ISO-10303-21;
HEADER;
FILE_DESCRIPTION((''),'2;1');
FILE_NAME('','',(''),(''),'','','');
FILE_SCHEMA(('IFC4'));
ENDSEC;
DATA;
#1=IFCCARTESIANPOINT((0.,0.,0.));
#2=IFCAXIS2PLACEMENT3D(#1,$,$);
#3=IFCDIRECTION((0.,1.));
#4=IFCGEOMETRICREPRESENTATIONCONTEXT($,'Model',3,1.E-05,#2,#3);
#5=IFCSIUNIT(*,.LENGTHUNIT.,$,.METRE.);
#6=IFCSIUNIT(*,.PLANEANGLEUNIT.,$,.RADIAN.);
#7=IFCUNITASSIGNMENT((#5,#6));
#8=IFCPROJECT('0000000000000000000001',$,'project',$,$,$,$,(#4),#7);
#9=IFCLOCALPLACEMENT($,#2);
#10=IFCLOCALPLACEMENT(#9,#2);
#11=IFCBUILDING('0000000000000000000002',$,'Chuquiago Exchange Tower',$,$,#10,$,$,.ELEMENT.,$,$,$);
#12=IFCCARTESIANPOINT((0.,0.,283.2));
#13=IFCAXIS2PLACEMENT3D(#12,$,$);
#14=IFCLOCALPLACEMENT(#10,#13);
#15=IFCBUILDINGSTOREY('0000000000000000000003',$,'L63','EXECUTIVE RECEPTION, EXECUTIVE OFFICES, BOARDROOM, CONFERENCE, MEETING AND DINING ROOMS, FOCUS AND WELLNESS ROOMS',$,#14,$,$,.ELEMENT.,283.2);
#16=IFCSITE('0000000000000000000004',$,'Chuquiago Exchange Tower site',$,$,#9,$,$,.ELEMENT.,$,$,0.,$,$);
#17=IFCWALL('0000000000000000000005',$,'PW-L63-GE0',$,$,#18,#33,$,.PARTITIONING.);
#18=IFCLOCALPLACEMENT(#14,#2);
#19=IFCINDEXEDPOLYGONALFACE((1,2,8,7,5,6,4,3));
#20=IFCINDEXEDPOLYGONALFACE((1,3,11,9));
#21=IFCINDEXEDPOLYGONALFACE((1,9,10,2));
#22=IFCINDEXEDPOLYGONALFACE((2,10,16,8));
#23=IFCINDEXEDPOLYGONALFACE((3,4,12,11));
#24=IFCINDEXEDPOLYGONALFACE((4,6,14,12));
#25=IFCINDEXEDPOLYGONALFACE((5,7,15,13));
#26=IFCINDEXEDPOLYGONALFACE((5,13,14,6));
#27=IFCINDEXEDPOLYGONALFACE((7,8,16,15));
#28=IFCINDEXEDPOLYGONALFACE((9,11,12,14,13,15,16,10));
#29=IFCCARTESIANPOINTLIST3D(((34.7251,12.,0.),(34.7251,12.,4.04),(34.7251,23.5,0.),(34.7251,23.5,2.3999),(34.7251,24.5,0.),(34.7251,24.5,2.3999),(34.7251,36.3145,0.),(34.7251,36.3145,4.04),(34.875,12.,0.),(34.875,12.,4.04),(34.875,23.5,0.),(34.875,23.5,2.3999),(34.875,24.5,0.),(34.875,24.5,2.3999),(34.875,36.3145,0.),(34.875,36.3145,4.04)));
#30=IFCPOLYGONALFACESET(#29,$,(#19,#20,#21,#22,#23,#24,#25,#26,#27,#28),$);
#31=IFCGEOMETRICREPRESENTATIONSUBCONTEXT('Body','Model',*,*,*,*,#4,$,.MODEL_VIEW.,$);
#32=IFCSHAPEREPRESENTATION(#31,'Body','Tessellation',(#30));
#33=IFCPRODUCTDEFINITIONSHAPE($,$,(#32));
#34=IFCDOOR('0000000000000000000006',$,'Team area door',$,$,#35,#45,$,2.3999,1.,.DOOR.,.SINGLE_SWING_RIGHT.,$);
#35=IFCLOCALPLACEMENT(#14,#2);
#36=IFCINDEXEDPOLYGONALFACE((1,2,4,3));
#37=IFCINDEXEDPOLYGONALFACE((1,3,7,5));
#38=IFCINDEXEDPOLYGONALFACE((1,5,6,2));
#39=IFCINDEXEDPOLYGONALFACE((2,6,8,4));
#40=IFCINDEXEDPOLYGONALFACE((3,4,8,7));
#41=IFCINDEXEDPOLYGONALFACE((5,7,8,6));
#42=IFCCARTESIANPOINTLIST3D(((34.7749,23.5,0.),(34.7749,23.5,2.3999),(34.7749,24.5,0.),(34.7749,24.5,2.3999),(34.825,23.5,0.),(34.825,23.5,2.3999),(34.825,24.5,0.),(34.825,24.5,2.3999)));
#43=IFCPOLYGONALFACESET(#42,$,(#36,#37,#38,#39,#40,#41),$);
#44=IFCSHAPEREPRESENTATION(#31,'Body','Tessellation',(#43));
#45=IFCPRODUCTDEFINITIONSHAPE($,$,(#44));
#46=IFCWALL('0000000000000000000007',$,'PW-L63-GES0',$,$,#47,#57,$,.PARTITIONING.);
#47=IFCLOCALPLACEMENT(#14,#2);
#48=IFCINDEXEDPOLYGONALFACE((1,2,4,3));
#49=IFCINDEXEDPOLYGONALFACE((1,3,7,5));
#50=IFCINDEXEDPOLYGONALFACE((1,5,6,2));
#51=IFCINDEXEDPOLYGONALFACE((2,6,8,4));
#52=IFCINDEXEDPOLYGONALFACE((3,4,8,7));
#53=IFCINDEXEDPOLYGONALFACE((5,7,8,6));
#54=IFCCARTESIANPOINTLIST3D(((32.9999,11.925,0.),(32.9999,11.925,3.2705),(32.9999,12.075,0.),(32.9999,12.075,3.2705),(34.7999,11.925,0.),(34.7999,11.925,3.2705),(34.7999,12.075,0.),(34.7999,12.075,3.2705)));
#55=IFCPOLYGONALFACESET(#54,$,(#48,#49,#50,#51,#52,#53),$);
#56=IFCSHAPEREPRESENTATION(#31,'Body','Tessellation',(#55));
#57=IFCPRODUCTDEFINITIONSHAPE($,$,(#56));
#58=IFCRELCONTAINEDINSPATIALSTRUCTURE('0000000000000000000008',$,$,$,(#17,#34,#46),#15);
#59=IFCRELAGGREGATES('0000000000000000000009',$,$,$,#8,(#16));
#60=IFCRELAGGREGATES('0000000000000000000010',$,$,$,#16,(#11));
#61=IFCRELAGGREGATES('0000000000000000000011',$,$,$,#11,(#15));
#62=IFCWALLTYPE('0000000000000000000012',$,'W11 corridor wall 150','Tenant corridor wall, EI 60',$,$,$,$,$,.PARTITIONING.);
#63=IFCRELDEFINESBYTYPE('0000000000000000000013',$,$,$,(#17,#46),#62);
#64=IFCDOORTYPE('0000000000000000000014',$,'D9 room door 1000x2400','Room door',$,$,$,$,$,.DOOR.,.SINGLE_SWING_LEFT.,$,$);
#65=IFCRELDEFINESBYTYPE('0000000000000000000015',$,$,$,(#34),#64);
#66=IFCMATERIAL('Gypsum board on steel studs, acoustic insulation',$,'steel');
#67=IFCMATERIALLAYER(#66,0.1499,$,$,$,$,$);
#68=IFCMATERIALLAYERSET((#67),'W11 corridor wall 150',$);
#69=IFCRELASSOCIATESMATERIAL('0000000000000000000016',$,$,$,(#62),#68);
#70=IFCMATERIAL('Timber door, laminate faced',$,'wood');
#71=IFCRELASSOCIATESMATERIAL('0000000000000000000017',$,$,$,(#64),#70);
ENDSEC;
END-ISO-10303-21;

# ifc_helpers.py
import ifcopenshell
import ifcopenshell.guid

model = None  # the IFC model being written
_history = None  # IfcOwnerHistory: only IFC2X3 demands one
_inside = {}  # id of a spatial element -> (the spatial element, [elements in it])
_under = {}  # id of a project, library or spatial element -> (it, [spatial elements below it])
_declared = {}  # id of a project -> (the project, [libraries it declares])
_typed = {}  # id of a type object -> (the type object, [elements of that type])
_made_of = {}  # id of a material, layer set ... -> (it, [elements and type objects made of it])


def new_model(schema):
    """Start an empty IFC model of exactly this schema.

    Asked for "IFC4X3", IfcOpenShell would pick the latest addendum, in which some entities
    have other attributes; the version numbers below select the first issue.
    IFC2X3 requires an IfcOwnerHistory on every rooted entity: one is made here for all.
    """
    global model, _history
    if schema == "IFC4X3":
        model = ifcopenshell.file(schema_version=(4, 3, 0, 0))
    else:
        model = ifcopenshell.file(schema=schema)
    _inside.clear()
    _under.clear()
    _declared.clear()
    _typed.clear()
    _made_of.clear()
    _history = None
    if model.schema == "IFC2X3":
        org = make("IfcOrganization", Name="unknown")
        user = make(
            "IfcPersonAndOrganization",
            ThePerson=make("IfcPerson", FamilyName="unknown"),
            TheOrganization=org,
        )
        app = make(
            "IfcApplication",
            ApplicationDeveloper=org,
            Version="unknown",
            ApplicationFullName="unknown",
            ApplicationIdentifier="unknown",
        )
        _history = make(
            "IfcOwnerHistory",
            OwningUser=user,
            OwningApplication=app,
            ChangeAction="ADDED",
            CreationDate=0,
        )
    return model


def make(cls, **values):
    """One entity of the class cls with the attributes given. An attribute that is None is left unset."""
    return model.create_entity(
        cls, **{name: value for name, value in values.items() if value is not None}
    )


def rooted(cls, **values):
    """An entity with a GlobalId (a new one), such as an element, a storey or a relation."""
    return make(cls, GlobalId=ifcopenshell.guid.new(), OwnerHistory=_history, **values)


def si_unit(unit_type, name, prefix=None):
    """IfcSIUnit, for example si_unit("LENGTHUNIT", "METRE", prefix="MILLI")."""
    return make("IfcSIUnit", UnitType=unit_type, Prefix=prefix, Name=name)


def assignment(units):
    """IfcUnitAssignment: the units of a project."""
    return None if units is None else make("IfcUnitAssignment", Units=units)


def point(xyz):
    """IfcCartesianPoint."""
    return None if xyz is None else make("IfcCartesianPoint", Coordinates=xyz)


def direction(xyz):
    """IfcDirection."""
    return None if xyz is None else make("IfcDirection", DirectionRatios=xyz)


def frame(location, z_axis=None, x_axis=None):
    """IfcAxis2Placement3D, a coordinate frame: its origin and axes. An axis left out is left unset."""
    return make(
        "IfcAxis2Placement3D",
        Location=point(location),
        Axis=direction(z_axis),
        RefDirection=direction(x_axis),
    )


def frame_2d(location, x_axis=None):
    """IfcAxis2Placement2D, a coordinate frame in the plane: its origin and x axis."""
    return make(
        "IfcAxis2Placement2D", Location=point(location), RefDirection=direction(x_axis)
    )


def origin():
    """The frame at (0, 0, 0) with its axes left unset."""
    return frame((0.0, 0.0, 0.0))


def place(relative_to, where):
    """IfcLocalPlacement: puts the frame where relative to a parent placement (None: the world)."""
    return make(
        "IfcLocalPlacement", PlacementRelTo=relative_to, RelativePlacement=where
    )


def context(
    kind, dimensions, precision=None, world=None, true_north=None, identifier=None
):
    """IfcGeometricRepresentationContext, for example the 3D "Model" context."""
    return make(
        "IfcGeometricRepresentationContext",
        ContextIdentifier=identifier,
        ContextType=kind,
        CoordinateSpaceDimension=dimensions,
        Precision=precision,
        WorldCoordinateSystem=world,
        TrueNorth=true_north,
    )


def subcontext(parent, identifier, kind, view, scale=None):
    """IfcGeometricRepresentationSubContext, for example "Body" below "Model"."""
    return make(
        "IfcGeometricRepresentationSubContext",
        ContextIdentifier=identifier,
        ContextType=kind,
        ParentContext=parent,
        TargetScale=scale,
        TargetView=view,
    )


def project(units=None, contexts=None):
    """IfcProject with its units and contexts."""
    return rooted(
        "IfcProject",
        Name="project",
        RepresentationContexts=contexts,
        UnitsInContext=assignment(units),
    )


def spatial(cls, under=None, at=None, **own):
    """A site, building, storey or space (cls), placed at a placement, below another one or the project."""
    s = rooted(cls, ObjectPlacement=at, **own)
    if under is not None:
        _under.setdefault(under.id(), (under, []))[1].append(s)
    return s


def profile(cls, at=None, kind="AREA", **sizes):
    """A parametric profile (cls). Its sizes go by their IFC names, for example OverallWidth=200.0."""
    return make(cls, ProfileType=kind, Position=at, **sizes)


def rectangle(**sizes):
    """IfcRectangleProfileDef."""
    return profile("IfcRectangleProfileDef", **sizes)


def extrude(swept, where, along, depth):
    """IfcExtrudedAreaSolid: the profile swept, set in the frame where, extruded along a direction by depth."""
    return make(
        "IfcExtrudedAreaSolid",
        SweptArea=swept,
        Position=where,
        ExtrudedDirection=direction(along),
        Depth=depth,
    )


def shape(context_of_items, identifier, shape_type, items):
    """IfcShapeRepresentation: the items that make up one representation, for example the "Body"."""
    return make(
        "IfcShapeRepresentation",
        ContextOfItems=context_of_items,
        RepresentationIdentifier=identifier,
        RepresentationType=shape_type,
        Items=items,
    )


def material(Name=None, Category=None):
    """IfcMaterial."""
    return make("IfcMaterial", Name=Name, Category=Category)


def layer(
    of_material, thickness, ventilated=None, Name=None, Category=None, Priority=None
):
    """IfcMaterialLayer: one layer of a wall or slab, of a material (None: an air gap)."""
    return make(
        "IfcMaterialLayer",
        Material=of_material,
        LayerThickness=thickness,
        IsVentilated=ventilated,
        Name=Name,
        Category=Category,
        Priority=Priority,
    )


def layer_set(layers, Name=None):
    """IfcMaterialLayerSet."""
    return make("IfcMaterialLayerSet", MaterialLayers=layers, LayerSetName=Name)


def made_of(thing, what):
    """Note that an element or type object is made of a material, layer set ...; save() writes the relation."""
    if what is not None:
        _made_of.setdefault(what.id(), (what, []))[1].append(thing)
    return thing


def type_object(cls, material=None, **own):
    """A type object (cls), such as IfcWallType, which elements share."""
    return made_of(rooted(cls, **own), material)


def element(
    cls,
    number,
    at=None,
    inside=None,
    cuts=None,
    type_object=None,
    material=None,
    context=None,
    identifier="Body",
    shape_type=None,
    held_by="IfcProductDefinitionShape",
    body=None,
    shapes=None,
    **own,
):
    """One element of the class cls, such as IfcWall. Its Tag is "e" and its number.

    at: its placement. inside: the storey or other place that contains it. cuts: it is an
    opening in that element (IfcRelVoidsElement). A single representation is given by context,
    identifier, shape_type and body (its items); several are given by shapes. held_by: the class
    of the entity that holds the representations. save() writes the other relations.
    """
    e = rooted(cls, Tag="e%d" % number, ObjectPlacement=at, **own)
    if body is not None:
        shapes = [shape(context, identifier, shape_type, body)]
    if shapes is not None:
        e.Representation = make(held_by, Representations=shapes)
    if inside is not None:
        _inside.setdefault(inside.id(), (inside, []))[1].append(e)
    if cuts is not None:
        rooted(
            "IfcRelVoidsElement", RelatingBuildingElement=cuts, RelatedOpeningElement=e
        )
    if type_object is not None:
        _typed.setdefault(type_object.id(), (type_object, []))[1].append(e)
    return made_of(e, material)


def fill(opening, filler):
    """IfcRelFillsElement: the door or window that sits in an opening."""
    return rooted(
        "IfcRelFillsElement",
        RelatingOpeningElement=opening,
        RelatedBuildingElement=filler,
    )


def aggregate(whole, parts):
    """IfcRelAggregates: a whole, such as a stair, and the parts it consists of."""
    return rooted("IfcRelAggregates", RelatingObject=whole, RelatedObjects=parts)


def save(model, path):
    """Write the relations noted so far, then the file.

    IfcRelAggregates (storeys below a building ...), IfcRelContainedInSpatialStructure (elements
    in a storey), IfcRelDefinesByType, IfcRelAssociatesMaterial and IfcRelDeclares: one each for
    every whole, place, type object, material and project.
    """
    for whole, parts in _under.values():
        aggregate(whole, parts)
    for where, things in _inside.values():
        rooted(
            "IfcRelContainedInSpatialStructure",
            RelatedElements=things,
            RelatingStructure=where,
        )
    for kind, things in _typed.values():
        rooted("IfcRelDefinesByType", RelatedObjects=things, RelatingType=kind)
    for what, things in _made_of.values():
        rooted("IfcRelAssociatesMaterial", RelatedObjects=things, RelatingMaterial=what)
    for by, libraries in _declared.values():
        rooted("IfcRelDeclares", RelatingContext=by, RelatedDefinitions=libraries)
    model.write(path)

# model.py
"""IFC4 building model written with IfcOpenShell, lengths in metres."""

from ifc_helpers import new_model, si_unit, direction, frame, frame_2d, origin, place, context, subcontext, project, spatial, rectangle, extrude, material, layer, layer_set, type_object, element, fill, save


model = new_model("IFC4")

# Units and contexts
model_context = context("Model", 3, precision=1e-05, world=origin(), true_north=direction((0.0, 1.0)))
body_context = subcontext(model_context, "Body", "Model", "MODEL_VIEW")
ifc_project = project(units=[si_unit("LENGTHUNIT", "METRE"), si_unit("PLANEANGLEUNIT", "RADIAN")], contexts=[model_context])

# Site, building, storey
site_placement = place(None, origin())
site = spatial("IfcSite", under=ifc_project, at=site_placement, Name="Chuquiago Exchange Tower site", CompositionType="ELEMENT", RefElevation=0.0)
building_placement = place(site_placement, origin())
building = spatial("IfcBuilding", under=site, at=building_placement, Name="Chuquiago Exchange Tower", CompositionType="ELEMENT")
storey_placement = place(building_placement, frame((0.0, 0.0, 283.2)))
storey = spatial("IfcBuildingStorey", under=building, at=storey_placement, Name="L63", Description="EXECUTIVE RECEPTION, EXECUTIVE OFFICES, BOARDROOM, CONFERENCE, MEETING AND DINING ROOMS, FOCUS AND WELLNESS ROOMS", CompositionType="ELEMENT", Elevation=283.2)

# Wall, opening, door
ifc_material_1 = material(Name="Gypsum board on steel studs, acoustic insulation", Category="steel")
ifc_layer_1 = layer(ifc_material_1, 0.1499)
ifc_layer_set_1 = layer_set([ifc_layer_1], Name="W11 corridor wall 150")
wall_type_1 = type_object("IfcWallType", Name="W11 corridor wall 150", Description="Tenant corridor wall, EI 60", PredefinedType="PARTITIONING", material=ifc_layer_set_1)
wall_1_placement = place(storey_placement, frame((34.8, 12.0, 0.0), z_axis=(0.0, 0.0, 1.0), x_axis=(0.0, 1.0, 0.0)))
wall_1 = element("IfcWall", 1, at=wall_1_placement, inside=storey, type_object=wall_type_1, Name="PW-L63-GE0", PredefinedType="PARTITIONING", context=body_context, shape_type="SweptSolid", body=[
    extrude(rectangle(XDim=24.3145, YDim=0.1499, at=frame_2d((12.1572, 0.0))), origin(), (0.0, 0.0, 1.0), 4.04),
])
opening_1_placement = place(wall_1_placement, frame((11.5, 0.0, 0.0)))
opening_1 = element("IfcOpeningElement", 2, at=opening_1_placement, cuts=wall_1, PredefinedType="OPENING", context=body_context, shape_type="SweptSolid", body=[
    extrude(rectangle(XDim=1.0, YDim=2.3999, at=frame_2d((0.5, 1.2))), frame((0.0, 0.085, 0.0), z_axis=(0.0, -1.0, 0.0), x_axis=(1.0, 0.0, 0.0)), (0.0, 0.0, 1.0), 0.1699),
])
ifc_material_2 = material(Name="Timber door, laminate faced", Category="wood")
door_type_1 = type_object("IfcDoorType", Name="D9 room door 1000x2400", Description="Room door", OperationType="SINGLE_SWING_LEFT", PredefinedType="DOOR", material=ifc_material_2)
door_1_placement = place(opening_1_placement, frame((1.0, 0.0, 0.0), z_axis=(0.0, 0.0, 1.0), x_axis=(-1.0, 0.0, 0.0)))
door_1 = element("IfcDoor", 3, at=door_1_placement, inside=storey, type_object=door_type_1, Name="Team area door", OperationType="SINGLE_SWING_RIGHT", OverallHeight=2.3999, OverallWidth=1.0, PredefinedType="DOOR", context=body_context, shape_type="SweptSolid", body=[
    extrude(rectangle(XDim=1.0, YDim=2.3999, at=frame_2d((0.5, 1.2))), frame((0.0, 0.0249, 0.0), z_axis=(0.0, -1.0, 0.0), x_axis=(1.0, 0.0, 0.0)), (0.0, 0.0, 1.0), 0.05),
])
fill(opening_1, door_1)

# Wall
wall_2_placement = place(storey_placement, frame((33.0, 12.0, 0.0), z_axis=(0.0, 0.0, 1.0), x_axis=(1.0, 0.0, 0.0)))
element("IfcWall", 4, at=wall_2_placement, inside=storey, type_object=wall_type_1, Name="PW-L63-GES0", PredefinedType="PARTITIONING", context=body_context, shape_type="SweptSolid", body=[
    extrude(rectangle(XDim=1.8, YDim=0.1499, at=frame_2d((0.8999, 0.0))), origin(), (0.0, 0.0, 1.0), 3.2705),
])

save(model, "model.ifc")
